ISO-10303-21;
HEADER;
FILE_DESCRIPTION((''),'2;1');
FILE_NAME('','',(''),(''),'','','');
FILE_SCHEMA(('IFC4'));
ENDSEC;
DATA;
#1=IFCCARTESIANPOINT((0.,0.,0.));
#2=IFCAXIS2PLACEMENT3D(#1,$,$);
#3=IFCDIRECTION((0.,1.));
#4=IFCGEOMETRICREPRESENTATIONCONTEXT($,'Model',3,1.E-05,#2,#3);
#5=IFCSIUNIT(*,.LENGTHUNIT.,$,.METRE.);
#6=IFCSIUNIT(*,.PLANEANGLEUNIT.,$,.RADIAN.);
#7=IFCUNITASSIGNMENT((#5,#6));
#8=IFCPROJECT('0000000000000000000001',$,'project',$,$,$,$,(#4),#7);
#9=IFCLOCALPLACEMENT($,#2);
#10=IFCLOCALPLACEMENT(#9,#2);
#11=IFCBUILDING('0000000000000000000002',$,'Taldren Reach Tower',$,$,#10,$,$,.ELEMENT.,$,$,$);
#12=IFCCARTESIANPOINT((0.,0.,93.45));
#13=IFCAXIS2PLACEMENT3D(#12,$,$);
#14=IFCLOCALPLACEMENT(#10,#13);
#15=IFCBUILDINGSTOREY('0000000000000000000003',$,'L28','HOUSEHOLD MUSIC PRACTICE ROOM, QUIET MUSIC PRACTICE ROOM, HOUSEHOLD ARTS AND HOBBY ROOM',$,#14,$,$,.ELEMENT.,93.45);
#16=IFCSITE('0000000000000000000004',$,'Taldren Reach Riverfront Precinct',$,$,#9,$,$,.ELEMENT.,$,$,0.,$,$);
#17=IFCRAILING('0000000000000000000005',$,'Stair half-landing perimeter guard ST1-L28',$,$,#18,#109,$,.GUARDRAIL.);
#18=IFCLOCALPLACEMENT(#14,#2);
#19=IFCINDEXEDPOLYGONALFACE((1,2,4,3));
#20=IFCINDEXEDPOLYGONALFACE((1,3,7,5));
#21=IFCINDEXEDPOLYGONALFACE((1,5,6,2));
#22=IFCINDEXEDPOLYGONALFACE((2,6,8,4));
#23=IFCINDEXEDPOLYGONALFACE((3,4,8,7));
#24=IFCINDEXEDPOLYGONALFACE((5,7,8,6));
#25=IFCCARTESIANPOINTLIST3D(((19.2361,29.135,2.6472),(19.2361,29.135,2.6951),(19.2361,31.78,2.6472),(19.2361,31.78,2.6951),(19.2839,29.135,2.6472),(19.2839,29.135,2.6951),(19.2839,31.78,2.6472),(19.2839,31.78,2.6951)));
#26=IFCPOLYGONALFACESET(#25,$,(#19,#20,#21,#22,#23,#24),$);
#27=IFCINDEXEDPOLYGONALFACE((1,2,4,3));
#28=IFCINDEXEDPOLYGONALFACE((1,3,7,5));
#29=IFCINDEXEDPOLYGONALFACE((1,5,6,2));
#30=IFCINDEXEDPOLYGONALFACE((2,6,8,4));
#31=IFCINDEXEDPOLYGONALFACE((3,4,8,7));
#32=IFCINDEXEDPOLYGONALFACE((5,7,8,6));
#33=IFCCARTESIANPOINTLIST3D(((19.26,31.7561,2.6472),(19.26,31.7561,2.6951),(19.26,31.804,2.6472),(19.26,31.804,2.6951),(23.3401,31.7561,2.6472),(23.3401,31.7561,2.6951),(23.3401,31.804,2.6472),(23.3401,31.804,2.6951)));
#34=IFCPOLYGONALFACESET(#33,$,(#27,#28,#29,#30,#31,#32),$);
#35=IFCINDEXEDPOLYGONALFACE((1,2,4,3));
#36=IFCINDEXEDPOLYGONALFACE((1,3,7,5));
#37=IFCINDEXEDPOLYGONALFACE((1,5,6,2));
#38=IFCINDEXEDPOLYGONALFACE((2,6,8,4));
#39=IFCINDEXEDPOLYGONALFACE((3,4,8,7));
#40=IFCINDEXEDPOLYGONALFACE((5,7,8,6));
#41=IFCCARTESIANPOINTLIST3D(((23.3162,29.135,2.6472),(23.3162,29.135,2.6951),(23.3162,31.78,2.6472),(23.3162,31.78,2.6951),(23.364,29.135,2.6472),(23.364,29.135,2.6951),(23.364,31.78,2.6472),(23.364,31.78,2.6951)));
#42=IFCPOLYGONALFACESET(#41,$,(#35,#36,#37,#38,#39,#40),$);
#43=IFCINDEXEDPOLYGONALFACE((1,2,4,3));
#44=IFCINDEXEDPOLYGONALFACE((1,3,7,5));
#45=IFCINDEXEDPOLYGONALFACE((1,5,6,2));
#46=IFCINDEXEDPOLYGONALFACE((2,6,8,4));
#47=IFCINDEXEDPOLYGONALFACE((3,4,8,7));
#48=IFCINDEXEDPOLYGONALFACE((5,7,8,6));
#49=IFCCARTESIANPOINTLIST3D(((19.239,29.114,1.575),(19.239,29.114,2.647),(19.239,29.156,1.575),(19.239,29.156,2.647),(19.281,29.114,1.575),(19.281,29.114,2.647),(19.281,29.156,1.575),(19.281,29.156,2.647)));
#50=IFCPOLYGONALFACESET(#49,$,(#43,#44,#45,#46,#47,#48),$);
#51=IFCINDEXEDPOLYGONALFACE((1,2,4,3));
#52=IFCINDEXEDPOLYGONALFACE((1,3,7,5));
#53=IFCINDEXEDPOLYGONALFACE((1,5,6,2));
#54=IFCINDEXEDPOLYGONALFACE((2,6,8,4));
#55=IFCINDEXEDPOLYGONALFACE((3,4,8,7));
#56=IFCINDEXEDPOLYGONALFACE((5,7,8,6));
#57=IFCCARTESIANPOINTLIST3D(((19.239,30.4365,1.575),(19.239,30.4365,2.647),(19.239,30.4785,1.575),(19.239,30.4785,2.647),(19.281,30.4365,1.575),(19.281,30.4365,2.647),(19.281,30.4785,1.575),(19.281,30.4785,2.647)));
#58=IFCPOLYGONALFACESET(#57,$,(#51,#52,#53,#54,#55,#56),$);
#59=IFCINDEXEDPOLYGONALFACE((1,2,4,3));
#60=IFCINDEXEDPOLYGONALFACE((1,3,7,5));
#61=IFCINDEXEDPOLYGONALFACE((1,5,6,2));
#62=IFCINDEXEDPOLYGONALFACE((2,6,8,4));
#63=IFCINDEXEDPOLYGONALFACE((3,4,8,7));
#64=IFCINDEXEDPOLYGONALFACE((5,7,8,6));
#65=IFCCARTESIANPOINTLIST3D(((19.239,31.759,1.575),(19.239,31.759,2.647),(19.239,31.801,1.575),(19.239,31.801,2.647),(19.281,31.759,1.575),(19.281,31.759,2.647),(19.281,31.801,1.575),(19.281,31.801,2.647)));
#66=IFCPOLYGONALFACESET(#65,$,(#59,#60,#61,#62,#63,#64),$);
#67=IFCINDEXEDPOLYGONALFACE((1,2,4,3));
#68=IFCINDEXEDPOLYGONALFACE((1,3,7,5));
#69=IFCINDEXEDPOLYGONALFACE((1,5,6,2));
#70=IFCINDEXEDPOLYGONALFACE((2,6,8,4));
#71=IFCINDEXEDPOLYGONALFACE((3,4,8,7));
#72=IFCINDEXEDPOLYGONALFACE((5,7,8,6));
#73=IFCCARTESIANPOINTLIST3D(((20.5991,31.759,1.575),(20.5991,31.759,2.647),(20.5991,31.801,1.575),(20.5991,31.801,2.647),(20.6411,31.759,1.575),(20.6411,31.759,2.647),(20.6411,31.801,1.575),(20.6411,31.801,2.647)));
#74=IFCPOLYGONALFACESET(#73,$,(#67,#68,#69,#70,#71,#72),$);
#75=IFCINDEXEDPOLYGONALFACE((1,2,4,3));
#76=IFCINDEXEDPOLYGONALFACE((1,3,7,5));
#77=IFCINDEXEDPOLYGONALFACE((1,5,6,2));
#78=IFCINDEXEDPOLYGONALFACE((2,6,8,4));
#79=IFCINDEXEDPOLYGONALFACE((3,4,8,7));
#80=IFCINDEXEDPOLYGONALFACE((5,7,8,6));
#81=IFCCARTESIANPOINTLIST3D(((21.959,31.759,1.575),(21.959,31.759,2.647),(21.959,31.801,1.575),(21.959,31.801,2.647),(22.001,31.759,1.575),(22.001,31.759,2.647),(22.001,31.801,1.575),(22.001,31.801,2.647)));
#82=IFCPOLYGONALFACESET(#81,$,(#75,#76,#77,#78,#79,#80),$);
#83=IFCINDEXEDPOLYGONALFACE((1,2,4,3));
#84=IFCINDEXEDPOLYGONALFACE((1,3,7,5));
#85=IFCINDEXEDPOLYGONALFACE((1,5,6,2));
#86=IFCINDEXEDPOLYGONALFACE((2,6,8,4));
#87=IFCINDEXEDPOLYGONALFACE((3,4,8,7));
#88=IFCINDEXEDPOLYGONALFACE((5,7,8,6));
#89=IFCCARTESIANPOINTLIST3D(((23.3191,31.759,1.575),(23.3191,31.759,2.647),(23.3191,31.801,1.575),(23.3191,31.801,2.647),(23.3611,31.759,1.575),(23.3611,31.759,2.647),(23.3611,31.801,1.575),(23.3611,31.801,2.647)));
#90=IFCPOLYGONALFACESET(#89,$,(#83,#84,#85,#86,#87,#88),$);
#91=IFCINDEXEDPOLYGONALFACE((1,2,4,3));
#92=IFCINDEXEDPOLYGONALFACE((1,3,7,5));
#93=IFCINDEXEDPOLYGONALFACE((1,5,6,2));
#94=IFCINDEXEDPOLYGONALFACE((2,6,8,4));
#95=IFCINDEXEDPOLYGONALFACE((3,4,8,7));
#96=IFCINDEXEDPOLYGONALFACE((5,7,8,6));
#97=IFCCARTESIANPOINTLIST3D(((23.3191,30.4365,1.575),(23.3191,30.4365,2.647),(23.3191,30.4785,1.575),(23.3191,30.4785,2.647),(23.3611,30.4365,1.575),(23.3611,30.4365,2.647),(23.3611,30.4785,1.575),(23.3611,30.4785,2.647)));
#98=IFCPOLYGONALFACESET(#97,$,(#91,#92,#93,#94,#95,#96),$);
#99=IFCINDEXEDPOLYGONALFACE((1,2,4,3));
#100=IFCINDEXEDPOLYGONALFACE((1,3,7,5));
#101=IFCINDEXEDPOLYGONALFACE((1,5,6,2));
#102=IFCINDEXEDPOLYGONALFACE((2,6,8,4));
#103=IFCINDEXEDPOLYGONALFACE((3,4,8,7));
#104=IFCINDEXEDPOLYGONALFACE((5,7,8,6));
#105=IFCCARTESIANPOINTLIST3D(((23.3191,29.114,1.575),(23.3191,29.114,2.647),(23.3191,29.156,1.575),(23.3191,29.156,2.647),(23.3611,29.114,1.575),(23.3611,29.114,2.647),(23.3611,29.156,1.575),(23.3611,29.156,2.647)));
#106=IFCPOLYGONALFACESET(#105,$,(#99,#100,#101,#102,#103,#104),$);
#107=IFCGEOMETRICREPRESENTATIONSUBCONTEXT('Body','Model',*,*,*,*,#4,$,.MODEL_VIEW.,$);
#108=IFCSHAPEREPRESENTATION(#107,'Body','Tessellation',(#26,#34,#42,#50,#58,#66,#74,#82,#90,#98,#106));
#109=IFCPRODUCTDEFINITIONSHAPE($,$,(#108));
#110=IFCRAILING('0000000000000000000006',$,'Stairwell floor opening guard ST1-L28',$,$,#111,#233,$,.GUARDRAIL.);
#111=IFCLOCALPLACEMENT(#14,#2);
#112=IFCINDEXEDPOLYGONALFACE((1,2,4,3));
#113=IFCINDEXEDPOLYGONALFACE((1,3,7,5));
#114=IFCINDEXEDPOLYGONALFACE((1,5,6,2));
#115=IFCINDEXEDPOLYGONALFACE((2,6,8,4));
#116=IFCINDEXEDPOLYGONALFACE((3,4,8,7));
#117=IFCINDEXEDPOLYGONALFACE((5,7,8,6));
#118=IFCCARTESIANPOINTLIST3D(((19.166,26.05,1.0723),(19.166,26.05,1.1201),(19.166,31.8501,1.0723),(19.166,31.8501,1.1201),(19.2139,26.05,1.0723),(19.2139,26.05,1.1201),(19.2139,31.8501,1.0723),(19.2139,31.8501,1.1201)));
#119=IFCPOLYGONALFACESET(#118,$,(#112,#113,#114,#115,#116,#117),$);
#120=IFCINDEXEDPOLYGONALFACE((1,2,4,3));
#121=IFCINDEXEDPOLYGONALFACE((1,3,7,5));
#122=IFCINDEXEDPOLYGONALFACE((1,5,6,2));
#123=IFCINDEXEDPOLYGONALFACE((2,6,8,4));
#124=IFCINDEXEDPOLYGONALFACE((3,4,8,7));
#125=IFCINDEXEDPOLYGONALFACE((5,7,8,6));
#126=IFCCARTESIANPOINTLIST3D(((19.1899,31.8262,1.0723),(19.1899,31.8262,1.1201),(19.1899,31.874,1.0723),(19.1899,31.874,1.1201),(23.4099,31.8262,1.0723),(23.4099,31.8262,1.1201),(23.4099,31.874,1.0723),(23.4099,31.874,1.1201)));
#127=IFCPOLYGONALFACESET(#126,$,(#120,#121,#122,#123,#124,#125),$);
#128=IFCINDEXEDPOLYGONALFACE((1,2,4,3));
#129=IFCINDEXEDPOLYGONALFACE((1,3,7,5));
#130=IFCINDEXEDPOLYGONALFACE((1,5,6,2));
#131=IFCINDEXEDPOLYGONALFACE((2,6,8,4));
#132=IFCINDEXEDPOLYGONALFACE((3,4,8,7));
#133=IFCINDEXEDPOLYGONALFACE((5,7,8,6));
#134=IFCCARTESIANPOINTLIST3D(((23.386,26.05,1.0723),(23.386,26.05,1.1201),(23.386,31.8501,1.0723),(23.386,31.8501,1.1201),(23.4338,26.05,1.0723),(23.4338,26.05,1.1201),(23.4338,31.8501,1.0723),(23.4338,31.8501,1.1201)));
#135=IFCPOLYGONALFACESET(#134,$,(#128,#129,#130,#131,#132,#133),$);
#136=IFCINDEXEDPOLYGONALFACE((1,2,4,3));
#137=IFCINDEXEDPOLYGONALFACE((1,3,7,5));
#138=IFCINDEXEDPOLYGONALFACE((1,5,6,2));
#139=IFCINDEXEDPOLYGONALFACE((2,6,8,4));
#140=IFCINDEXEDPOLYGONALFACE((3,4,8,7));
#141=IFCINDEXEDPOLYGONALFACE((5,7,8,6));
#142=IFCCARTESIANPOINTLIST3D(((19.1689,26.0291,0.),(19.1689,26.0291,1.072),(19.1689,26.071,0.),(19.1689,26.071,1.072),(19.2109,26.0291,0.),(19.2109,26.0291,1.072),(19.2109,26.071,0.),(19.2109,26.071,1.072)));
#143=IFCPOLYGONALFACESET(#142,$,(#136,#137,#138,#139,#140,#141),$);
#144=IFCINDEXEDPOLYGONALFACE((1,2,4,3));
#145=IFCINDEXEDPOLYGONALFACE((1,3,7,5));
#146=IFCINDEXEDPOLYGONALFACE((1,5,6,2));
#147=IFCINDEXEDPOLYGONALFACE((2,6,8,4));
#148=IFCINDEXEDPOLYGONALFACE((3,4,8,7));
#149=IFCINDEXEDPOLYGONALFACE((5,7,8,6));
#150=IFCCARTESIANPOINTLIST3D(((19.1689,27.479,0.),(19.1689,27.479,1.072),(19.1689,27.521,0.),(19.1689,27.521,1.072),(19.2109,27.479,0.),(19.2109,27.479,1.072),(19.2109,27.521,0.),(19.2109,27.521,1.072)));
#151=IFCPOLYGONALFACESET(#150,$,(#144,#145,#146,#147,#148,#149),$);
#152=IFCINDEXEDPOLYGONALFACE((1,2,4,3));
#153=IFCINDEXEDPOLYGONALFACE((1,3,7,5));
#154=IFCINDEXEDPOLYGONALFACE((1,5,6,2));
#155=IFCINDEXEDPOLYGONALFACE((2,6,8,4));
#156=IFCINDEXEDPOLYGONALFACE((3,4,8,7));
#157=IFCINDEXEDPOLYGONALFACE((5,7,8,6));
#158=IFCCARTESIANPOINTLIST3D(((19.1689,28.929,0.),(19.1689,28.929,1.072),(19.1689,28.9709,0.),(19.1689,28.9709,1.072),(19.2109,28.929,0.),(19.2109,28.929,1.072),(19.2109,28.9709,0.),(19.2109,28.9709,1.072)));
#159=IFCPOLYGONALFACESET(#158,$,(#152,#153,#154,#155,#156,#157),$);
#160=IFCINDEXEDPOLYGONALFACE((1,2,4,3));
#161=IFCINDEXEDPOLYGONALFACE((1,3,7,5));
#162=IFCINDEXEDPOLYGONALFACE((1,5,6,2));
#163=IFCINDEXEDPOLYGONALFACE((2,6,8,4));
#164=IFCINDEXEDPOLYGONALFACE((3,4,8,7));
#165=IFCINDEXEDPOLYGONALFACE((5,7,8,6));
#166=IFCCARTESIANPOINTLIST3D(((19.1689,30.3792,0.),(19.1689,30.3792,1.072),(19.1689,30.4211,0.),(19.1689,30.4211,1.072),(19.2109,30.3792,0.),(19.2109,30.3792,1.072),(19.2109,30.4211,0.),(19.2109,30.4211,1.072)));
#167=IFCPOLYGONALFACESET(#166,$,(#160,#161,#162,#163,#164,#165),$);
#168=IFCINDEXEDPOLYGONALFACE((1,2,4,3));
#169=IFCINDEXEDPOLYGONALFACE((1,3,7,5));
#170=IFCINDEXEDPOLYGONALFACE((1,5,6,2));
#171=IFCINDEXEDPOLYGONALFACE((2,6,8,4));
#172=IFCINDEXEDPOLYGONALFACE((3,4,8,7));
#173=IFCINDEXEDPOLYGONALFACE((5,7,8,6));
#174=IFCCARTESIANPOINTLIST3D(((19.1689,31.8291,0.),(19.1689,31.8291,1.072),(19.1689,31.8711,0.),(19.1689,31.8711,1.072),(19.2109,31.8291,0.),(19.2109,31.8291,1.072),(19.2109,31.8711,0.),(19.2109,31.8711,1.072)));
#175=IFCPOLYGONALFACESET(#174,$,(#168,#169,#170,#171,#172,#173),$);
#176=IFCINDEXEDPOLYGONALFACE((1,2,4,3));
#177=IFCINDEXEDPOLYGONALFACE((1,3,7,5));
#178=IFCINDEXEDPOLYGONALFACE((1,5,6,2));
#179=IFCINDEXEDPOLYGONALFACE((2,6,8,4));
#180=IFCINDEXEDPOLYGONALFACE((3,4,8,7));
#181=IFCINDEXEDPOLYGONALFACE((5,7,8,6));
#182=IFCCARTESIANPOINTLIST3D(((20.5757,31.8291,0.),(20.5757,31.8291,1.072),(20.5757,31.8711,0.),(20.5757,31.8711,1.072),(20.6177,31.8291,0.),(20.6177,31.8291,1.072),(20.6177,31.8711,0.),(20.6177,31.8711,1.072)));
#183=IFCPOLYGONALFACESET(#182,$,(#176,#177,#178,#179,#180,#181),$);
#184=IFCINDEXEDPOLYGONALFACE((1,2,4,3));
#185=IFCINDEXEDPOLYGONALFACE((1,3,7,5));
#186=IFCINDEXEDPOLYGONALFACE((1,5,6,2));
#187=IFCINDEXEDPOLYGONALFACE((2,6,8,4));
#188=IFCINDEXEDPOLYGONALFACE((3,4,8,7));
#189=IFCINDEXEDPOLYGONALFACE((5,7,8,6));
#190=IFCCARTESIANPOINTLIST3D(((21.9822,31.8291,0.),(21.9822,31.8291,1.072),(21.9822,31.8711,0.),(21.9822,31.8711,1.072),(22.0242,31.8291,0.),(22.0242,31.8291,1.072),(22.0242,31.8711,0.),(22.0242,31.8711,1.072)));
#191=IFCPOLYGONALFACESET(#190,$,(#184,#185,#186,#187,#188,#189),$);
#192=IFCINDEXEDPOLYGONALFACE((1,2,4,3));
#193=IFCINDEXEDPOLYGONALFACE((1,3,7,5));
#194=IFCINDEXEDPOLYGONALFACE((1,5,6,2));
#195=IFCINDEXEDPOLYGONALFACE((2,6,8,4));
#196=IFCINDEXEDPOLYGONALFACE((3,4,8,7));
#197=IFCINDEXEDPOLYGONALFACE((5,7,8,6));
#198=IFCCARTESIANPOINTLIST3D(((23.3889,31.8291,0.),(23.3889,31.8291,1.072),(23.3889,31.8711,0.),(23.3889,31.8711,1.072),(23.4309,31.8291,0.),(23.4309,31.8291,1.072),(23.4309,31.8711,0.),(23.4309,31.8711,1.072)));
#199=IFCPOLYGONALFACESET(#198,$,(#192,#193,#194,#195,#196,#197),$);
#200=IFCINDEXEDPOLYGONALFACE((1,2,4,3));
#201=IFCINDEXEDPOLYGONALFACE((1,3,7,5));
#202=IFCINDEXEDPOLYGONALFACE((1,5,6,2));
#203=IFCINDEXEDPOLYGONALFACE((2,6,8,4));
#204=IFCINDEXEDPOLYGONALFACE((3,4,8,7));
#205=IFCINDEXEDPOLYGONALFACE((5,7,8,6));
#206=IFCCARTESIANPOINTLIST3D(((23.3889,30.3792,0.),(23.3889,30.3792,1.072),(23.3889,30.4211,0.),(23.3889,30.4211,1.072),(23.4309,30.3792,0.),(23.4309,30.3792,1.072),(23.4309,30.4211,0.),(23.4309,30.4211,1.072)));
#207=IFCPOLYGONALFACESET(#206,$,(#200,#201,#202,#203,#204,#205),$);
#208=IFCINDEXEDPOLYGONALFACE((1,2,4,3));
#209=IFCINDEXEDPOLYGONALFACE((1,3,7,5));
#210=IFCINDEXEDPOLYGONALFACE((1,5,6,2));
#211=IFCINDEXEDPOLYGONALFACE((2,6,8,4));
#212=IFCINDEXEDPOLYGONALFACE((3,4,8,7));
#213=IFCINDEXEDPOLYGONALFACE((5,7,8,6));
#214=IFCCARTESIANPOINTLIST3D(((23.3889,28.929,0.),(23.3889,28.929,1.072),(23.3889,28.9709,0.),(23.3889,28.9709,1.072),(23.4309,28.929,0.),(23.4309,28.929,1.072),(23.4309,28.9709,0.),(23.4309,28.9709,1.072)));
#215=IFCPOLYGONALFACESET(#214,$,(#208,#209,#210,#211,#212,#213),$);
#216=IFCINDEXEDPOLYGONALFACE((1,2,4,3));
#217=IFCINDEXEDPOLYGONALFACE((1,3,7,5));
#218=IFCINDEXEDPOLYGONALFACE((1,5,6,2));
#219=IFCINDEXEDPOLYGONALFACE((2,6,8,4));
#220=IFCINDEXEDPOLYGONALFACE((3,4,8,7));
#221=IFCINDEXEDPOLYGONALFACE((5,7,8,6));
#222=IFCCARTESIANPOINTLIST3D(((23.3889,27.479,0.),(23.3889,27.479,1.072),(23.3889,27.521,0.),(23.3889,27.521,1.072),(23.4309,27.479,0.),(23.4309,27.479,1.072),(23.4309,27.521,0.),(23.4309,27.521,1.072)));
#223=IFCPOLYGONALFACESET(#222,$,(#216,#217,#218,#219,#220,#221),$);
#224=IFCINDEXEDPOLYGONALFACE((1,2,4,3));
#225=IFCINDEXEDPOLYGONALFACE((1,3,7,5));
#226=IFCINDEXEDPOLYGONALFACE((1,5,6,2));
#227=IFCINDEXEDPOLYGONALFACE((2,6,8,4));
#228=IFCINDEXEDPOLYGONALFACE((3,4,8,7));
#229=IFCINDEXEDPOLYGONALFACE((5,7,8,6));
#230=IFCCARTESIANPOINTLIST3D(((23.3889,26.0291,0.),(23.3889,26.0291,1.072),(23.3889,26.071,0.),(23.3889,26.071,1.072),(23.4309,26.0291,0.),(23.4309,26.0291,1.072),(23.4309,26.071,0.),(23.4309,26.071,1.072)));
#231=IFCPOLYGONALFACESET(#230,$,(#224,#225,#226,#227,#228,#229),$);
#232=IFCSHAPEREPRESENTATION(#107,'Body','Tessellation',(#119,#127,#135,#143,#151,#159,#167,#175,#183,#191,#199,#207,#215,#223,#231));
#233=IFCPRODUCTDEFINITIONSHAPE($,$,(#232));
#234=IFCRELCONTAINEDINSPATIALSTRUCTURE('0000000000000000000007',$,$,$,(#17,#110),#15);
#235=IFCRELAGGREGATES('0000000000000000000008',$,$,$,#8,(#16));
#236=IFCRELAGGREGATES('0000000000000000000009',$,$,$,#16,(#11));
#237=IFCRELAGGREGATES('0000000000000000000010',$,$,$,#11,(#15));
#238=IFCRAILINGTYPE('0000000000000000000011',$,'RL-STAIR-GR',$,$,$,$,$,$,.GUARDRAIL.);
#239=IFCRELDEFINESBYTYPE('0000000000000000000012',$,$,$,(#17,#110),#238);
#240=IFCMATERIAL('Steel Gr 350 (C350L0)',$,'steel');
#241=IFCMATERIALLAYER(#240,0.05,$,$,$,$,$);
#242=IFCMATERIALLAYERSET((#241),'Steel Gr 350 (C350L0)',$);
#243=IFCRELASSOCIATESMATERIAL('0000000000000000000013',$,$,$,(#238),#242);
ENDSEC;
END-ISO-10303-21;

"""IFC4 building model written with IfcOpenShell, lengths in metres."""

from ifc_helpers import new_model, si_unit, direction, frame, origin, origin_2d, place, context, subcontext, project, spatial, rectangle, extrude, material, layer, layer_set, type_object, element, save


model = new_model("IFC4")

# Units and contexts
model_context = context("Model", 3, precision=1e-05, world=origin(), true_north=direction((0.0, 1.0)))
body_context = subcontext(model_context, "Body", "Model", "MODEL_VIEW")
ifc_project = project(units=[si_unit("LENGTHUNIT", "METRE"), si_unit("PLANEANGLEUNIT", "RADIAN")], contexts=[model_context])

# Site, building, storey
site_placement = place(None, origin())
site = spatial("IfcSite", under=ifc_project, at=site_placement, Name="Taldren Reach Riverfront Precinct", CompositionType="ELEMENT", RefElevation=0.0)
building_placement = place(site_placement, origin())
building = spatial("IfcBuilding", under=site, at=building_placement, Name="Taldren Reach Tower", CompositionType="ELEMENT")
storey_placement = place(building_placement, frame((0.0, 0.0, 93.45)))
storey = spatial("IfcBuildingStorey", under=building, at=storey_placement, Name="L28", Description="HOUSEHOLD MUSIC PRACTICE ROOM, QUIET MUSIC PRACTICE ROOM, HOUSEHOLD ARTS AND HOBBY ROOM", CompositionType="ELEMENT", Elevation=93.45)

# Shared definitions
ifc_material_1 = material(Name="Steel Gr 350 (C350L0)", Category="steel")

# Railings
ifc_layer_1 = layer(ifc_material_1, 0.05)
ifc_layer_set_1 = layer_set([ifc_layer_1], Name="Steel Gr 350 (C350L0)")
railing_type_1 = type_object("IfcRailingType", Name="RL-STAIR-GR", PredefinedType="GUARDRAIL", material=ifc_layer_set_1)
railing_1_placement = place(storey_placement, frame((19.26, 29.135, 1.575)))
element("IfcRailing", 1, at=railing_1_placement, inside=storey, type_object=railing_type_1, Name="Stair half-landing perimeter guard ST1-L28", PredefinedType="GUARDRAIL", context=body_context, shape_type="SweptSolid", body=[
    extrude(rectangle(XDim=0.0479, YDim=0.0479, at=origin_2d()), frame((0.0, 0.0, 1.0962), z_axis=(0.0, 1.0, 0.0), x_axis=(-1.0, 0.0, 0.0)), (0.0, 0.0, 1.0), 2.645),
    extrude(rectangle(XDim=0.0479, YDim=0.0479, at=origin_2d()), frame((0.0, 2.645, 1.0962), z_axis=(1.0, 0.0, 0.0), x_axis=(0.0, 1.0, 0.0)), (0.0, 0.0, 1.0), 4.0801),
    extrude(rectangle(XDim=0.0479, YDim=0.0479, at=origin_2d()), frame((4.0801, 2.645, 1.0962), z_axis=(0.0, -1.0, 0.0), x_axis=(1.0, 0.0, 0.0)), (0.0, 0.0, 1.0), 2.645),
    extrude(rectangle(XDim=0.042, YDim=0.042, at=origin_2d()), origin(), (0.0, 0.0, 1.0), 1.072),
    extrude(rectangle(XDim=0.042, YDim=0.042, at=origin_2d()), frame((0.0, 1.3225, 0.0)), (0.0, 0.0, 1.0), 1.072),
    extrude(rectangle(XDim=0.042, YDim=0.042, at=origin_2d()), frame((0.0, 2.645, 0.0)), (0.0, 0.0, 1.0), 1.072),
    extrude(rectangle(XDim=0.042, YDim=0.042, at=origin_2d()), frame((1.3601, 2.645, 0.0)), (0.0, 0.0, 1.0), 1.072),
    extrude(rectangle(XDim=0.042, YDim=0.042, at=origin_2d()), frame((2.72, 2.645, 0.0)), (0.0, 0.0, 1.0), 1.072),
    extrude(rectangle(XDim=0.042, YDim=0.042, at=origin_2d()), frame((4.0801, 2.645, 0.0)), (0.0, 0.0, 1.0), 1.072),
    extrude(rectangle(XDim=0.042, YDim=0.042, at=origin_2d()), frame((4.0801, 1.3225, 0.0)), (0.0, 0.0, 1.0), 1.072),
    extrude(rectangle(XDim=0.042, YDim=0.042, at=origin_2d()), frame((4.0801, 0.0, 0.0)), (0.0, 0.0, 1.0), 1.072),
])
railing_2_placement = place(storey_placement, frame((19.1899, 26.05, 0.0)))
element("IfcRailing", 2, at=railing_2_placement, inside=storey, type_object=railing_type_1, Name="Stairwell floor opening guard ST1-L28", PredefinedType="GUARDRAIL", context=body_context, shape_type="SweptSolid", body=[
    extrude(rectangle(XDim=0.0479, YDim=0.0479, at=origin_2d()), frame((0.0, 0.0, 1.0962), z_axis=(0.0, 1.0, 0.0), x_axis=(-1.0, 0.0, 0.0)), (0.0, 0.0, 1.0), 5.8),
    extrude(rectangle(XDim=0.0479, YDim=0.0479, at=origin_2d()), frame((0.0, 5.8, 1.0962), z_axis=(1.0, 0.0, 0.0), x_axis=(0.0, 1.0, 0.0)), (0.0, 0.0, 1.0), 4.22),
    extrude(rectangle(XDim=0.0479, YDim=0.0479, at=origin_2d()), frame((4.22, 5.8, 1.0962), z_axis=(0.0, -1.0, 0.0), x_axis=(1.0, 0.0, 0.0)), (0.0, 0.0, 1.0), 5.8),
    extrude(rectangle(XDim=0.042, YDim=0.042, at=origin_2d()), origin(), (0.0, 0.0, 1.0), 1.072),
    extrude(rectangle(XDim=0.042, YDim=0.042, at=origin_2d()), frame((0.0, 1.45, 0.0)), (0.0, 0.0, 1.0), 1.072),
    extrude(rectangle(XDim=0.042, YDim=0.042, at=origin_2d()), frame((0.0, 2.8999, 0.0)), (0.0, 0.0, 1.0), 1.072),
    extrude(rectangle(XDim=0.042, YDim=0.042, at=origin_2d()), frame((0.0, 4.3501, 0.0)), (0.0, 0.0, 1.0), 1.072),
    extrude(rectangle(XDim=0.042, YDim=0.042, at=origin_2d()), frame((0.0, 5.8, 0.0)), (0.0, 0.0, 1.0), 1.072),
    extrude(rectangle(XDim=0.042, YDim=0.042, at=origin_2d()), frame((1.4067, 5.8, 0.0)), (0.0, 0.0, 1.0), 1.072),
    extrude(rectangle(XDim=0.042, YDim=0.042, at=origin_2d()), frame((2.8132, 5.8, 0.0)), (0.0, 0.0, 1.0), 1.072),
    extrude(rectangle(XDim=0.042, YDim=0.042, at=origin_2d()), frame((4.22, 5.8, 0.0)), (0.0, 0.0, 1.0), 1.072),
    extrude(rectangle(XDim=0.042, YDim=0.042, at=origin_2d()), frame((4.22, 4.3501, 0.0)), (0.0, 0.0, 1.0), 1.072),
    extrude(rectangle(XDim=0.042, YDim=0.042, at=origin_2d()), frame((4.22, 2.8999, 0.0)), (0.0, 0.0, 1.0), 1.072),
    extrude(rectangle(XDim=0.042, YDim=0.042, at=origin_2d()), frame((4.22, 1.45, 0.0)), (0.0, 0.0, 1.0), 1.072),
    extrude(rectangle(XDim=0.042, YDim=0.042, at=origin_2d()), frame((4.22, 0.0, 0.0)), (0.0, 0.0, 1.0), 1.072),
])

save(model, "model.ifc")
